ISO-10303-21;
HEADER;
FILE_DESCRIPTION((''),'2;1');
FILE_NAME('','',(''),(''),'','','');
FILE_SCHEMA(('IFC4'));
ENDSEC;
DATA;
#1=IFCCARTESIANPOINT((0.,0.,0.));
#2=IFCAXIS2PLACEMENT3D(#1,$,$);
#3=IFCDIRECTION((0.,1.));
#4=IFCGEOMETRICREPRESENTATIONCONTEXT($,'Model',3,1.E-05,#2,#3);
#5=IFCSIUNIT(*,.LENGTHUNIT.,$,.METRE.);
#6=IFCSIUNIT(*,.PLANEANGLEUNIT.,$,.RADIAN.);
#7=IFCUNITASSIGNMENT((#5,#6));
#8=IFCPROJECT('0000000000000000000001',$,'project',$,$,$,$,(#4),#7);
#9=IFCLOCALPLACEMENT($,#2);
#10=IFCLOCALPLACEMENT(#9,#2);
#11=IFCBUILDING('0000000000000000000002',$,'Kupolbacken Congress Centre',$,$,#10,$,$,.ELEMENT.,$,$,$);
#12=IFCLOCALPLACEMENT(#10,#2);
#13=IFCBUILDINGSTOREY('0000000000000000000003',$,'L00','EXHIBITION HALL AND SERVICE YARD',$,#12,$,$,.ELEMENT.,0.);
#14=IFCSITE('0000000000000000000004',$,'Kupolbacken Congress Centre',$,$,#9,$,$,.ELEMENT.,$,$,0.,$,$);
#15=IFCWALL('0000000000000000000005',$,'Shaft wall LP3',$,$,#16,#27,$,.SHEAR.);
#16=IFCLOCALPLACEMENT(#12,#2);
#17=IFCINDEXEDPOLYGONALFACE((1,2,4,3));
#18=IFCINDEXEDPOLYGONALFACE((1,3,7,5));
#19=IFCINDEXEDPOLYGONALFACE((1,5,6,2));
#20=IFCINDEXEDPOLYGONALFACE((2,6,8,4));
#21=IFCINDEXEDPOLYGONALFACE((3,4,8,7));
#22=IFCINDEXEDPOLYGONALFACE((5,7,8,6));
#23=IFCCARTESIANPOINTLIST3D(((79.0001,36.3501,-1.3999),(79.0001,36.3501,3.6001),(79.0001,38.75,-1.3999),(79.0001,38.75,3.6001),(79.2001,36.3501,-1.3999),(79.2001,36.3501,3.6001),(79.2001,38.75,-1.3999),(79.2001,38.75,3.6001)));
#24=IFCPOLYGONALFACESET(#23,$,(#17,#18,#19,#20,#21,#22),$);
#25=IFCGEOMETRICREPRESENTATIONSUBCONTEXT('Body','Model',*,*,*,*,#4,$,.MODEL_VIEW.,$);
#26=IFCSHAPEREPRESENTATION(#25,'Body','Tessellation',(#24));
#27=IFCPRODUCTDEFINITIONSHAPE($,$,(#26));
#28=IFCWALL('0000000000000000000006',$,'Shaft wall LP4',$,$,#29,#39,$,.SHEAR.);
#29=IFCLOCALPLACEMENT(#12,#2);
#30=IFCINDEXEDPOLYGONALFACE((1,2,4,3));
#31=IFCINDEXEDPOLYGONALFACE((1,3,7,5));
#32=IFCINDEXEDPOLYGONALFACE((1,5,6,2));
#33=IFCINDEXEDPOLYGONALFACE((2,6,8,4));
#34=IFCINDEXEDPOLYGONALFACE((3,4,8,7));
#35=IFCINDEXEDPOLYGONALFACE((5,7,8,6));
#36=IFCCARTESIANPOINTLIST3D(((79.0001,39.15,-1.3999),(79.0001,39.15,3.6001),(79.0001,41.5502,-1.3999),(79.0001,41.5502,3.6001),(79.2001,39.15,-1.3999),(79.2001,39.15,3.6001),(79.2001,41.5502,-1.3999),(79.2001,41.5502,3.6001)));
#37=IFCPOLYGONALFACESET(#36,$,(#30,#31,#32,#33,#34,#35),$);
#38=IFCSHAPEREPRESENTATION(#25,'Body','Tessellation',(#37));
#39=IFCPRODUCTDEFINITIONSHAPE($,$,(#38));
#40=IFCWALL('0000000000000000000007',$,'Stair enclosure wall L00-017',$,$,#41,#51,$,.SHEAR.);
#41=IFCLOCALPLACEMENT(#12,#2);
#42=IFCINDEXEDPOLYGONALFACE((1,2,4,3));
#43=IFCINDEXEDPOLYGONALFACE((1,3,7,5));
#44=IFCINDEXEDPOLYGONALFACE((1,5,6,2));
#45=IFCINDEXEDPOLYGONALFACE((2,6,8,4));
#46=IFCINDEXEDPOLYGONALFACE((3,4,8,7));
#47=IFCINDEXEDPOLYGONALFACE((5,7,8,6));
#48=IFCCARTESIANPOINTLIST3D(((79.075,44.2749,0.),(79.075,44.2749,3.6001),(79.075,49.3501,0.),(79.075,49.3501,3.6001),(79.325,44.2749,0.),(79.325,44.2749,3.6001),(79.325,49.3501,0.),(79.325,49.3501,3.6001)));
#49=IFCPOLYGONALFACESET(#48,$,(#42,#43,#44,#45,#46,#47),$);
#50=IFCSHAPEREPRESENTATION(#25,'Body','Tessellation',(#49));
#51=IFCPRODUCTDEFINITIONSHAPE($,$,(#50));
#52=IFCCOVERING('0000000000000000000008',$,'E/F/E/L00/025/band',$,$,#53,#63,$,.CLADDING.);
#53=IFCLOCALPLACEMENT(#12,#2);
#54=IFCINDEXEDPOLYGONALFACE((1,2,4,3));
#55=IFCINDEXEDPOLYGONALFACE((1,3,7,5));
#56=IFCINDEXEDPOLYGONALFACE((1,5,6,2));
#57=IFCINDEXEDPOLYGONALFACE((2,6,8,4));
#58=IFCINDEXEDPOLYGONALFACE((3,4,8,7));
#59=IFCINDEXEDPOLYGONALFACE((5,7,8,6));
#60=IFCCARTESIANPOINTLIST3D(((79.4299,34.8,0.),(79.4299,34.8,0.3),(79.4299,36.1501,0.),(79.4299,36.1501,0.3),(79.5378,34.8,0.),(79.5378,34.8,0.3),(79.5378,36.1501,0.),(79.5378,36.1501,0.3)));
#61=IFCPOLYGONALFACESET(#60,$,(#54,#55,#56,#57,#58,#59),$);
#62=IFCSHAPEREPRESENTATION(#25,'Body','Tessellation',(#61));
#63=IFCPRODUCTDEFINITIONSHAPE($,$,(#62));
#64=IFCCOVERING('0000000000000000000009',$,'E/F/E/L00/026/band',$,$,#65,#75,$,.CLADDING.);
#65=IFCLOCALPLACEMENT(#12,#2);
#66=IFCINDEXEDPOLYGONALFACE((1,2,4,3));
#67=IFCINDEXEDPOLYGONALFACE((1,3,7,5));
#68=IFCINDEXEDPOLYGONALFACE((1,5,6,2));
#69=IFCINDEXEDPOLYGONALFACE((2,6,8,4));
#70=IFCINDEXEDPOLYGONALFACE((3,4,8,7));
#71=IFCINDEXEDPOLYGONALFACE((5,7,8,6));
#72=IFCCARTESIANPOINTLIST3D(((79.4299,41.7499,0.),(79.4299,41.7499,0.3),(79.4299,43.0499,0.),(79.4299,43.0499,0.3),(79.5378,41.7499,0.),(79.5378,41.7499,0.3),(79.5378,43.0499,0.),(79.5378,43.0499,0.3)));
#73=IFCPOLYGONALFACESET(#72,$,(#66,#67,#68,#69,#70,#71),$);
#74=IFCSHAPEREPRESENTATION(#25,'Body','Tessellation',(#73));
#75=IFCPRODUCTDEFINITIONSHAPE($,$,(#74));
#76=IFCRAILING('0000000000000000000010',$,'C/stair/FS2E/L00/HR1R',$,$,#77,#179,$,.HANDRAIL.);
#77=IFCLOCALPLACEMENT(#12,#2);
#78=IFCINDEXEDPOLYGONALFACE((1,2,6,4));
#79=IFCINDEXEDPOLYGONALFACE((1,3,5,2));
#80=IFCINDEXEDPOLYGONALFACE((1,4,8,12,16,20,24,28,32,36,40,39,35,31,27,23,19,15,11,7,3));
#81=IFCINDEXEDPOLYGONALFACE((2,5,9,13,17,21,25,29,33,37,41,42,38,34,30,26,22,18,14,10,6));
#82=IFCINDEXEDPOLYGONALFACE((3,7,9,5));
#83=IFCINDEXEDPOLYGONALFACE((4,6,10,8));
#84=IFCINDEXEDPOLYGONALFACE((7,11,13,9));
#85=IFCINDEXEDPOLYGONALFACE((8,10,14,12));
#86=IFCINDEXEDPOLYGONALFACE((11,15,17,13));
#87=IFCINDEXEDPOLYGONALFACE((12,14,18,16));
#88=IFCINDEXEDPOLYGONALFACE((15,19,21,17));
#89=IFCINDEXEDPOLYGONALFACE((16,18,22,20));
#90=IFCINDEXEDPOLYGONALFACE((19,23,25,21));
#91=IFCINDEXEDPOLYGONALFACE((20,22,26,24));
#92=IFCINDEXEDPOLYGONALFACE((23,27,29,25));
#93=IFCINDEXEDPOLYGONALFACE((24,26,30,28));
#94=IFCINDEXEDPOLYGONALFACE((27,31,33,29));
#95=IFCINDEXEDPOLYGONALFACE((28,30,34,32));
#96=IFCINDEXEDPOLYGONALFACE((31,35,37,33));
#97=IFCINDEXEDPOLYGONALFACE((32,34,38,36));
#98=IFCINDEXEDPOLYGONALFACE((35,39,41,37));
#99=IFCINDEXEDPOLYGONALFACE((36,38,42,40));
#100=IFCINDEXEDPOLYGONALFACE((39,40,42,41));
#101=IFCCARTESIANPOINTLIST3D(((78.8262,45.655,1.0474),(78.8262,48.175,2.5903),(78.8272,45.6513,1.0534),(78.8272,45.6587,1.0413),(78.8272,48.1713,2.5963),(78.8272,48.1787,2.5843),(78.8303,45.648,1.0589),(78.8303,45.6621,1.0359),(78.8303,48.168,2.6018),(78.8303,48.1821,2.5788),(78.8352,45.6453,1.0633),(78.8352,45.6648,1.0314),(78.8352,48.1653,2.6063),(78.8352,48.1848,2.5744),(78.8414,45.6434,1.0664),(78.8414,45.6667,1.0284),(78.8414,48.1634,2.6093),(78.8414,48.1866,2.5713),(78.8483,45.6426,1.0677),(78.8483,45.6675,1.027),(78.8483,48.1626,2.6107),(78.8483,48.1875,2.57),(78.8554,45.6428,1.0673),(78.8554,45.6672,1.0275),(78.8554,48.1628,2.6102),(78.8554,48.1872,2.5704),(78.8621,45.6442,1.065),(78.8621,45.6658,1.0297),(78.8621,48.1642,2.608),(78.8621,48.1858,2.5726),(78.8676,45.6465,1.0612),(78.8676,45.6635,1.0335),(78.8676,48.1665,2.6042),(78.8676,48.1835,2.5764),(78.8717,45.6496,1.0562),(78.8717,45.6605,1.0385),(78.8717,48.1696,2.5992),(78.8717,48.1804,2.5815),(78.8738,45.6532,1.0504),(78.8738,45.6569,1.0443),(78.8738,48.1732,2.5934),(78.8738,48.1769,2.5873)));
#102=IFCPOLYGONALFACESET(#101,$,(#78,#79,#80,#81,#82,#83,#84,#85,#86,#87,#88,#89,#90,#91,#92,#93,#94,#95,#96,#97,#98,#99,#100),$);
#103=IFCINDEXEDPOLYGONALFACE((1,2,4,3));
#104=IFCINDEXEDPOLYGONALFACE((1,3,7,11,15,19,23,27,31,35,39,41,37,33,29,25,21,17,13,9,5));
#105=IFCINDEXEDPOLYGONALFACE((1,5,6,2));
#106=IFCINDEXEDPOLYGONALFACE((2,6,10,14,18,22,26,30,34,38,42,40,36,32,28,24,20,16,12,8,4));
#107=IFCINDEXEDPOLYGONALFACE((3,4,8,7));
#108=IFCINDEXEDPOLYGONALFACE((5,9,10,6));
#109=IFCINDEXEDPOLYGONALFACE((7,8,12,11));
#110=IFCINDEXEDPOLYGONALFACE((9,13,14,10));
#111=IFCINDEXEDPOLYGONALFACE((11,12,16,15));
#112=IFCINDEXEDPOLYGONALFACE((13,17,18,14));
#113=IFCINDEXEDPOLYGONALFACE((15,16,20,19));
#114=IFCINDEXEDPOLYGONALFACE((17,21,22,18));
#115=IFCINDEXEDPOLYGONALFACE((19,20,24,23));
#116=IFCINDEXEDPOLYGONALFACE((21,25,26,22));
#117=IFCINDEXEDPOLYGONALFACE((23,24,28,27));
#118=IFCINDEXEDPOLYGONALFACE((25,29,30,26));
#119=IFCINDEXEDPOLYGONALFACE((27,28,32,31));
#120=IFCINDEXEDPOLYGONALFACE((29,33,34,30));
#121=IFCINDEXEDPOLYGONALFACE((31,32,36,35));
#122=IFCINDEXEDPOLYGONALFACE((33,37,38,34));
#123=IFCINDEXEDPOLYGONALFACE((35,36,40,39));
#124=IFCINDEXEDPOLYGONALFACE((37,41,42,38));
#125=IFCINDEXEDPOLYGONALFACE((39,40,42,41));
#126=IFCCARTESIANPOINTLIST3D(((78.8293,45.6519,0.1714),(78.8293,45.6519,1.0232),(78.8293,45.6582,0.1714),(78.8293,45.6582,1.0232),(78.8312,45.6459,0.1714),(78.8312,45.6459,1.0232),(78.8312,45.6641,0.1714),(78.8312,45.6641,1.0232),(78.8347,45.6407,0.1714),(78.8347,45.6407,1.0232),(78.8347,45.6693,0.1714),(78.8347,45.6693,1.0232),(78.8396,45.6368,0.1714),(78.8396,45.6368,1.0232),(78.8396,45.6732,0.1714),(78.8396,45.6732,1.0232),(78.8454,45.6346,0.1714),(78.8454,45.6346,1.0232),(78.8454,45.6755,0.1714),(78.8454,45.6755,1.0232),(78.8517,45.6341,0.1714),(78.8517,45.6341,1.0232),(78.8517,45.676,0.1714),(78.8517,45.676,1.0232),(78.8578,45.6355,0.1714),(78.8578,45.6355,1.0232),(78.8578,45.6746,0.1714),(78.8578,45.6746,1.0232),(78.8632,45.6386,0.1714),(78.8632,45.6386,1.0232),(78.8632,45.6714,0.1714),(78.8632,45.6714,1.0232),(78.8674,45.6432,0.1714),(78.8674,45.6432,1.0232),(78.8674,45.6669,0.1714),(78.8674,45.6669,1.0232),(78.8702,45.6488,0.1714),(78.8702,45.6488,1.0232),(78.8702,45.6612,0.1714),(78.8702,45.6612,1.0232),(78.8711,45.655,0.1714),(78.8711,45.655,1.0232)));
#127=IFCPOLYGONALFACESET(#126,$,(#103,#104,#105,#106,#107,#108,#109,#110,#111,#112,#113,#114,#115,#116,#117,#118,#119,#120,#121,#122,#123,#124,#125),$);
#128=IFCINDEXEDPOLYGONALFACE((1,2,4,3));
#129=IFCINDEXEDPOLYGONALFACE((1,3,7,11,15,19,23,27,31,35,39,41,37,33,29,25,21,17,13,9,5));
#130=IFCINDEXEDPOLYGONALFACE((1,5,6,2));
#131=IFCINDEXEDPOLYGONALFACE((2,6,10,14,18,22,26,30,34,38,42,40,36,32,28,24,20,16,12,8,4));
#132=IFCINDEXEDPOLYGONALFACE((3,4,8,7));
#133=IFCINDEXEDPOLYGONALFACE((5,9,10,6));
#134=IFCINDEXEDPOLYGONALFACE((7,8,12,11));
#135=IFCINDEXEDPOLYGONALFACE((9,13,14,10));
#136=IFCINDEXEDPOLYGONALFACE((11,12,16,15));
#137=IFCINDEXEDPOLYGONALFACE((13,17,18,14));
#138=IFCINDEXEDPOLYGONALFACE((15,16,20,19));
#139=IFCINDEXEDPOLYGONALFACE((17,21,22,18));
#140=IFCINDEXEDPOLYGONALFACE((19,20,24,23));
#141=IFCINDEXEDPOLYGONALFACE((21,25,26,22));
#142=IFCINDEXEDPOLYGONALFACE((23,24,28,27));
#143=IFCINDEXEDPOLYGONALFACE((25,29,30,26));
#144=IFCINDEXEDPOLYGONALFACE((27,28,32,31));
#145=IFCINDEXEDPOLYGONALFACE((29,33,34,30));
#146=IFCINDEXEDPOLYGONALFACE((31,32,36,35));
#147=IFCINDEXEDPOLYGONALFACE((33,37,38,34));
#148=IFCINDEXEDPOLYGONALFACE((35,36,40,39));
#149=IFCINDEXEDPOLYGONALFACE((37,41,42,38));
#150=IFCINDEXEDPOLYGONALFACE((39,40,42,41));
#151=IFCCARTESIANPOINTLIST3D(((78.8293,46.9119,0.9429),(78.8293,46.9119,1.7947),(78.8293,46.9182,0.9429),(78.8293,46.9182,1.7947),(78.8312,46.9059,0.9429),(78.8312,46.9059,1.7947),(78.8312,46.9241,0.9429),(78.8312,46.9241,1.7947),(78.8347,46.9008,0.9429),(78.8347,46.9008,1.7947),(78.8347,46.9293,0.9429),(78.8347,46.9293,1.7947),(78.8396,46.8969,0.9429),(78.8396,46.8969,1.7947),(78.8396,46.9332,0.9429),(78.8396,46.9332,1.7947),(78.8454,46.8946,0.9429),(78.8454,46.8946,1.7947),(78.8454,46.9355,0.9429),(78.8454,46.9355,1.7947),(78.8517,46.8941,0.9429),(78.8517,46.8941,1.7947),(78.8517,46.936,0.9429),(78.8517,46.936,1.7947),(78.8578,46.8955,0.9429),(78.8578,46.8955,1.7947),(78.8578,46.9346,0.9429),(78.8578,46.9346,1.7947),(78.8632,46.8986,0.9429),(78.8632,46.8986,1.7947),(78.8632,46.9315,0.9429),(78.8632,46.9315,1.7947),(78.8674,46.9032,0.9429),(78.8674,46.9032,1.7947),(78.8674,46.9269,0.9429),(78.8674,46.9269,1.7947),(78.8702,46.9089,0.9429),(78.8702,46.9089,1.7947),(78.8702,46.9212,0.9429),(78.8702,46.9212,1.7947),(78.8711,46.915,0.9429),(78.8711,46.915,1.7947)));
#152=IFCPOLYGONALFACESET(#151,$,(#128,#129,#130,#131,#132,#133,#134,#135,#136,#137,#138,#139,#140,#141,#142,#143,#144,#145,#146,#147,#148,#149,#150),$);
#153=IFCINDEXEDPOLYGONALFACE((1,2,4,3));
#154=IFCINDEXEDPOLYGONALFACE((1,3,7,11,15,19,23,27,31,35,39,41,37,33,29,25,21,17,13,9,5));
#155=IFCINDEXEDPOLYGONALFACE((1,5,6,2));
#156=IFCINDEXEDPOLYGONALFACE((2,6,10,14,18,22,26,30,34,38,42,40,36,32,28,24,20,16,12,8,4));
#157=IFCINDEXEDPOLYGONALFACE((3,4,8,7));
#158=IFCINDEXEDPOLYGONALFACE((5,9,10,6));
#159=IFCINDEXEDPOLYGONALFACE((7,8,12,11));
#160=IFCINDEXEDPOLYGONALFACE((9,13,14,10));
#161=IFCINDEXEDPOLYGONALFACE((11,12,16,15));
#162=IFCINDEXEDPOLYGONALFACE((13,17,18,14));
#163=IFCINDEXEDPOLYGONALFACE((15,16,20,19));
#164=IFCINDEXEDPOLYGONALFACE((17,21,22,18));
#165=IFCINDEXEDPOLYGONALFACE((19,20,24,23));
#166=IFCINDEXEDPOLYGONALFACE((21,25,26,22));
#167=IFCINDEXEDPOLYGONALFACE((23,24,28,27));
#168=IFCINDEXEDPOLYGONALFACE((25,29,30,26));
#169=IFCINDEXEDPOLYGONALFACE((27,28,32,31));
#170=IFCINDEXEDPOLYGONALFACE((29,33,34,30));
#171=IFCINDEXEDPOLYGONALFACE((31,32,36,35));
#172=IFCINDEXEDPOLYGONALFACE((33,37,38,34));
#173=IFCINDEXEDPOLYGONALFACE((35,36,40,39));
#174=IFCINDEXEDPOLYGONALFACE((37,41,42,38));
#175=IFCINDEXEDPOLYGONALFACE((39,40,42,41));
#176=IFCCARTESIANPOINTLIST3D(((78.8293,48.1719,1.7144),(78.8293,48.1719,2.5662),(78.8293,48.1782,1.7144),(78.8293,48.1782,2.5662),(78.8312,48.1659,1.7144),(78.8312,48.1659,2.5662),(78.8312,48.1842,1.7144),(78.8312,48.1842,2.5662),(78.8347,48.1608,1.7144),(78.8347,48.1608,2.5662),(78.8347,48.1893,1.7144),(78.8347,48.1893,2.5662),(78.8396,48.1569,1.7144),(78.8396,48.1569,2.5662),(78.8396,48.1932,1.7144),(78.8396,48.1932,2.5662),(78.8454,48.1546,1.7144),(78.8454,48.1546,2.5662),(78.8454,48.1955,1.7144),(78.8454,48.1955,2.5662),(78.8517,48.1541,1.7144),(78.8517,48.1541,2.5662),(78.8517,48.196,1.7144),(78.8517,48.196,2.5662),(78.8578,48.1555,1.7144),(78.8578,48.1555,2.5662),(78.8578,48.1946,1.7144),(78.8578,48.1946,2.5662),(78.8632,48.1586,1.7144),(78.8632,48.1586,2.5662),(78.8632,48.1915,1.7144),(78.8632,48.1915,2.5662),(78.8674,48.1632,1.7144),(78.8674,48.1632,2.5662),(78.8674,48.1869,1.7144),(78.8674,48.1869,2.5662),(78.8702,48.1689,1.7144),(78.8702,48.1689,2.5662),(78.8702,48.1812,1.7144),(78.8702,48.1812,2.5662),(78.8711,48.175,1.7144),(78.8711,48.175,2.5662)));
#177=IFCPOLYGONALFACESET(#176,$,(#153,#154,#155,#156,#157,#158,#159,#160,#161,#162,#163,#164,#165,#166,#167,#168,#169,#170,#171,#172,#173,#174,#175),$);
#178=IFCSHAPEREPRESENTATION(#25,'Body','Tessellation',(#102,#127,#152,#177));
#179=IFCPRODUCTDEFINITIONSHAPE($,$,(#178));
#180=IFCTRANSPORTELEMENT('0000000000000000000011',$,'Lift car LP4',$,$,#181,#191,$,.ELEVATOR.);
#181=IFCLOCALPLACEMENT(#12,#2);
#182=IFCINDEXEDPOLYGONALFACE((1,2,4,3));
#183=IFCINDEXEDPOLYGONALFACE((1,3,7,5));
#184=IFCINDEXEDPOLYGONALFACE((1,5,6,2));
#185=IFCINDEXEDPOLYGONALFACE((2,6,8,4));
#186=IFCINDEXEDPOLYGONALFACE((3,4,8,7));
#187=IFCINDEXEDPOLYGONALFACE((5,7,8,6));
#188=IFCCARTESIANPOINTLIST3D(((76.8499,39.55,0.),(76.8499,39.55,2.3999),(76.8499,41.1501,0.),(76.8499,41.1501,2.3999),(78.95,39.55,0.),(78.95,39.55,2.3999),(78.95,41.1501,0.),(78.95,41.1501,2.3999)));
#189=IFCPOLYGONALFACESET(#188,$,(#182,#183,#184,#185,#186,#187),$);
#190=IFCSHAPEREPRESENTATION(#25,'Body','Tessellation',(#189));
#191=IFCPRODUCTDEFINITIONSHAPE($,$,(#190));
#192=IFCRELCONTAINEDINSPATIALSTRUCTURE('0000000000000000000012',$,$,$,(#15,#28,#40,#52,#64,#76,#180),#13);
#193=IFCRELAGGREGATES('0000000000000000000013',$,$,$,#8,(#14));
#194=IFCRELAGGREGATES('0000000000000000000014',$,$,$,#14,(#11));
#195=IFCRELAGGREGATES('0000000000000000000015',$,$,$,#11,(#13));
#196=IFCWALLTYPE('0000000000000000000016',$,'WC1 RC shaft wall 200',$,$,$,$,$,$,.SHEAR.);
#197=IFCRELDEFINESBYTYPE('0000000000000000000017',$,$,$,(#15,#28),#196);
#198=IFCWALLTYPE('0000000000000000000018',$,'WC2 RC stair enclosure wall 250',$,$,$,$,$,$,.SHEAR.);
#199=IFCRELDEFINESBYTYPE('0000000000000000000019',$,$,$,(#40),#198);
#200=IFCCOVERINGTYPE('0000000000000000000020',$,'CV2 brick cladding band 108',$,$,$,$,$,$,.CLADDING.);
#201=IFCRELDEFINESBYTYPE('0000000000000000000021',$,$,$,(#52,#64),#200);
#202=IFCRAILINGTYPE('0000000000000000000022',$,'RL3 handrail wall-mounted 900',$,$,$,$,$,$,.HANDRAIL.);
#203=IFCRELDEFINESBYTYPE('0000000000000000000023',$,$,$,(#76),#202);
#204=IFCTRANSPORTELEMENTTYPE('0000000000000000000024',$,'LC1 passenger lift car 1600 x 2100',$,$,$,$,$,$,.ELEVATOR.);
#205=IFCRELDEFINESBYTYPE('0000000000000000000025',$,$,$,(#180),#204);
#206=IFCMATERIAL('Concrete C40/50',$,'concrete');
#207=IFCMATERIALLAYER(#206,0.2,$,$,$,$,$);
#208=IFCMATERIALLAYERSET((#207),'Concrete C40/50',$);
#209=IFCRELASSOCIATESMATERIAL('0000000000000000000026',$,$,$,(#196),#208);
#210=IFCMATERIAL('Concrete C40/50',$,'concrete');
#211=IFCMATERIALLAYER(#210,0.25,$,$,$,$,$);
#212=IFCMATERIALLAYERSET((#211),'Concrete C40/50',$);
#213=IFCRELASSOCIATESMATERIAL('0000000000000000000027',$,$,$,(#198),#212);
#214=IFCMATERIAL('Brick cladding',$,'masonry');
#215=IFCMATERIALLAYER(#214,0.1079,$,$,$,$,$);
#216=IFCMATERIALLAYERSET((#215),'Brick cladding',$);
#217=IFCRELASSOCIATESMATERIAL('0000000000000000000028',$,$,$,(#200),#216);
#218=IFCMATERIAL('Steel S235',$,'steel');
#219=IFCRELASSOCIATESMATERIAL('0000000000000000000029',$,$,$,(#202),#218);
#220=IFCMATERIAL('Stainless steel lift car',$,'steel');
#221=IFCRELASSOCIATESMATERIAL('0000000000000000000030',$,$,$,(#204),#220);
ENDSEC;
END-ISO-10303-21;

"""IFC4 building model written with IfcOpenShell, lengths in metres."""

from ifc_helpers import new_model, si_unit, direction, frame, frame_2d, origin, origin_2d, place, context, subcontext, project, spatial, rectangle, circle, extrude, material, layer, layer_set, type_object, element, save


model = new_model("IFC4")

# Units and contexts
model_context = context("Model", 3, precision=1e-05, world=origin(), true_north=direction((0.0, 1.0)))
body_context = subcontext(model_context, "Body", "Model", "MODEL_VIEW")
ifc_project = project(units=[si_unit("LENGTHUNIT", "METRE"), si_unit("PLANEANGLEUNIT", "RADIAN")], contexts=[model_context])

# Site, building, storey
site_placement = place(None, origin())
site = spatial("IfcSite", under=ifc_project, at=site_placement, Name="Kupolbacken Congress Centre", CompositionType="ELEMENT", RefElevation=0.0)
building_placement = place(site_placement, origin())
building = spatial("IfcBuilding", under=site, at=building_placement, Name="Kupolbacken Congress Centre", CompositionType="ELEMENT")
storey_placement = place(building_placement, origin())
storey = spatial("IfcBuildingStorey", under=building, at=storey_placement, Name="L00", Description="EXHIBITION HALL AND SERVICE YARD", CompositionType="ELEMENT", Elevation=0.0)

# Walls
ifc_material_1 = material(Name="Concrete C40/50", Category="concrete")
ifc_layer_1 = layer(ifc_material_1, 0.2)
ifc_layer_set_1 = layer_set([ifc_layer_1], Name="Concrete C40/50")
wall_type_1 = type_object("IfcWallType", Name="WC1 RC shaft wall 200", PredefinedType="SHEAR", material=ifc_layer_set_1)
wall_1_placement = place(storey_placement, frame((79.1001, 36.3501, -1.3999), z_axis=(0.0, 0.0, 1.0), x_axis=(0.0, 1.0, 0.0)))
element("IfcWall", 1, at=wall_1_placement, inside=storey, type_object=wall_type_1, Name="Shaft wall LP3", PredefinedType="SHEAR", context=body_context, shape_type="SweptSolid", body=[
    extrude(rectangle(XDim=2.3999, YDim=0.2, at=frame_2d((1.2, 0.0))), origin(), (0.0, 0.0, 1.0), 5.0),
])
wall_2_placement = place(storey_placement, frame((79.1001, 39.1499, -1.3999), z_axis=(0.0, 0.0, 1.0), x_axis=(0.0, 1.0, 0.0)))
element("IfcWall", 2, at=wall_2_placement, inside=storey, type_object=wall_type_1, Name="Shaft wall LP4", PredefinedType="SHEAR", context=body_context, shape_type="SweptSolid", body=[
    extrude(rectangle(XDim=2.4001, YDim=0.2, at=frame_2d((1.2002, 0.0))), origin(), (0.0, 0.0, 1.0), 5.0),
])
ifc_material_2 = material(Name="Concrete C40/50", Category="concrete")
ifc_layer_2 = layer(ifc_material_2, 0.25)
ifc_layer_set_2 = layer_set([ifc_layer_2], Name="Concrete C40/50")
wall_type_2 = type_object("IfcWallType", Name="WC2 RC stair enclosure wall 250", PredefinedType="SHEAR", material=ifc_layer_set_2)
wall_3_placement = place(storey_placement, frame((79.2, 44.2749, 0.0), z_axis=(0.0, 0.0, 1.0), x_axis=(0.0, 1.0, 0.0)))
element("IfcWall", 3, at=wall_3_placement, inside=storey, type_object=wall_type_2, Name="Stair enclosure wall L00-017", PredefinedType="SHEAR", context=body_context, shape_type="SweptSolid", body=[
    extrude(rectangle(XDim=5.0752, YDim=0.25, at=frame_2d((2.5376, 0.0))), origin(), (0.0, 0.0, 1.0), 3.6001),
])

# Coverings
ifc_material_3 = material(Name="Brick cladding", Category="masonry")
ifc_layer_3 = layer(ifc_material_3, 0.1079)
ifc_layer_set_3 = layer_set([ifc_layer_3], Name="Brick cladding")
covering_type = type_object("IfcCoveringType", Name="CV2 brick cladding band 108", PredefinedType="CLADDING", material=ifc_layer_set_3)
covering_1_placement = place(storey_placement, frame((79.4839, 35.4751, 0.0), z_axis=(0.0, 0.0, 1.0), x_axis=(0.0, 1.0, 0.0)))
element("IfcCovering", 4, at=covering_1_placement, inside=storey, type_object=covering_type, Name="E/F/E/L00/025/band", PredefinedType="CLADDING", context=body_context, shape_type="SweptSolid", body=[
    extrude(rectangle(XDim=1.3501, YDim=0.1079, at=origin_2d()), origin(), (0.0, 0.0, 1.0), 0.3),
])
covering_2_placement = place(storey_placement, frame((79.4839, 42.3999, 0.0), z_axis=(0.0, 0.0, 1.0), x_axis=(0.0, 1.0, 0.0)))
element("IfcCovering", 5, at=covering_2_placement, inside=storey, type_object=covering_type, Name="E/F/E/L00/026/band", PredefinedType="CLADDING", context=body_context, shape_type="SweptSolid", body=[
    extrude(rectangle(XDim=1.3, YDim=0.1079, at=origin_2d()), origin(), (0.0, 0.0, 1.0), 0.3),
])

# Railing
ifc_material_4 = material(Name="Steel S235", Category="steel")
railing_type = type_object("IfcRailingType", Name="RL3 handrail wall-mounted 900", PredefinedType="HANDRAIL", material=ifc_material_4)
railing_placement = place(storey_placement, frame((78.8501, 45.655, 0.1714)))
element("IfcRailing", 6, at=railing_placement, inside=storey, type_object=railing_type, Name="C/stair/FS2E/L00/HR1R", PredefinedType="HANDRAIL", context=body_context, shape_type="SweptSolid", body=[
    extrude(circle(Radius=0.0239, at=origin_2d()), frame((0.0, 0.0, 0.876), z_axis=(0.0, 0.852836, 0.522178), x_axis=(-1.0, 0.0, 0.0)), (0.0, 0.0, 1.0), 2.9548),
    extrude(circle(Radius=0.021, at=origin_2d()), origin(), (0.0, 0.0, 1.0), 0.8518),
    extrude(circle(Radius=0.021, at=origin_2d()), frame((0.0, 1.26, 0.7715)), (0.0, 0.0, 1.0), 0.8518),
    extrude(circle(Radius=0.021, at=origin_2d()), frame((0.0, 2.52, 1.543)), (0.0, 0.0, 1.0), 0.8518),
])

# Transport element
ifc_material_5 = material(Name="Stainless steel lift car", Category="steel")
transport_element_type = type_object("IfcTransportElementType", Name="LC1 passenger lift car 1600 x 2100", PredefinedType="ELEVATOR", material=ifc_material_5)
transport_element_placement = place(storey_placement, frame((77.8999, 40.3501, 0.0), z_axis=(0.0, 0.0, 1.0), x_axis=(1.0, 0.0, 0.0)))
element("IfcTransportElement", 7, at=transport_element_placement, inside=storey, type_object=transport_element_type, Name="Lift car LP4", PredefinedType="ELEVATOR", context=body_context, shape_type="SweptSolid", body=[
    extrude(rectangle(XDim=2.1001, YDim=1.6001, at=origin_2d()), origin(), (0.0, 0.0, 1.0), 2.3999),
])

save(model, "model.ifc")
